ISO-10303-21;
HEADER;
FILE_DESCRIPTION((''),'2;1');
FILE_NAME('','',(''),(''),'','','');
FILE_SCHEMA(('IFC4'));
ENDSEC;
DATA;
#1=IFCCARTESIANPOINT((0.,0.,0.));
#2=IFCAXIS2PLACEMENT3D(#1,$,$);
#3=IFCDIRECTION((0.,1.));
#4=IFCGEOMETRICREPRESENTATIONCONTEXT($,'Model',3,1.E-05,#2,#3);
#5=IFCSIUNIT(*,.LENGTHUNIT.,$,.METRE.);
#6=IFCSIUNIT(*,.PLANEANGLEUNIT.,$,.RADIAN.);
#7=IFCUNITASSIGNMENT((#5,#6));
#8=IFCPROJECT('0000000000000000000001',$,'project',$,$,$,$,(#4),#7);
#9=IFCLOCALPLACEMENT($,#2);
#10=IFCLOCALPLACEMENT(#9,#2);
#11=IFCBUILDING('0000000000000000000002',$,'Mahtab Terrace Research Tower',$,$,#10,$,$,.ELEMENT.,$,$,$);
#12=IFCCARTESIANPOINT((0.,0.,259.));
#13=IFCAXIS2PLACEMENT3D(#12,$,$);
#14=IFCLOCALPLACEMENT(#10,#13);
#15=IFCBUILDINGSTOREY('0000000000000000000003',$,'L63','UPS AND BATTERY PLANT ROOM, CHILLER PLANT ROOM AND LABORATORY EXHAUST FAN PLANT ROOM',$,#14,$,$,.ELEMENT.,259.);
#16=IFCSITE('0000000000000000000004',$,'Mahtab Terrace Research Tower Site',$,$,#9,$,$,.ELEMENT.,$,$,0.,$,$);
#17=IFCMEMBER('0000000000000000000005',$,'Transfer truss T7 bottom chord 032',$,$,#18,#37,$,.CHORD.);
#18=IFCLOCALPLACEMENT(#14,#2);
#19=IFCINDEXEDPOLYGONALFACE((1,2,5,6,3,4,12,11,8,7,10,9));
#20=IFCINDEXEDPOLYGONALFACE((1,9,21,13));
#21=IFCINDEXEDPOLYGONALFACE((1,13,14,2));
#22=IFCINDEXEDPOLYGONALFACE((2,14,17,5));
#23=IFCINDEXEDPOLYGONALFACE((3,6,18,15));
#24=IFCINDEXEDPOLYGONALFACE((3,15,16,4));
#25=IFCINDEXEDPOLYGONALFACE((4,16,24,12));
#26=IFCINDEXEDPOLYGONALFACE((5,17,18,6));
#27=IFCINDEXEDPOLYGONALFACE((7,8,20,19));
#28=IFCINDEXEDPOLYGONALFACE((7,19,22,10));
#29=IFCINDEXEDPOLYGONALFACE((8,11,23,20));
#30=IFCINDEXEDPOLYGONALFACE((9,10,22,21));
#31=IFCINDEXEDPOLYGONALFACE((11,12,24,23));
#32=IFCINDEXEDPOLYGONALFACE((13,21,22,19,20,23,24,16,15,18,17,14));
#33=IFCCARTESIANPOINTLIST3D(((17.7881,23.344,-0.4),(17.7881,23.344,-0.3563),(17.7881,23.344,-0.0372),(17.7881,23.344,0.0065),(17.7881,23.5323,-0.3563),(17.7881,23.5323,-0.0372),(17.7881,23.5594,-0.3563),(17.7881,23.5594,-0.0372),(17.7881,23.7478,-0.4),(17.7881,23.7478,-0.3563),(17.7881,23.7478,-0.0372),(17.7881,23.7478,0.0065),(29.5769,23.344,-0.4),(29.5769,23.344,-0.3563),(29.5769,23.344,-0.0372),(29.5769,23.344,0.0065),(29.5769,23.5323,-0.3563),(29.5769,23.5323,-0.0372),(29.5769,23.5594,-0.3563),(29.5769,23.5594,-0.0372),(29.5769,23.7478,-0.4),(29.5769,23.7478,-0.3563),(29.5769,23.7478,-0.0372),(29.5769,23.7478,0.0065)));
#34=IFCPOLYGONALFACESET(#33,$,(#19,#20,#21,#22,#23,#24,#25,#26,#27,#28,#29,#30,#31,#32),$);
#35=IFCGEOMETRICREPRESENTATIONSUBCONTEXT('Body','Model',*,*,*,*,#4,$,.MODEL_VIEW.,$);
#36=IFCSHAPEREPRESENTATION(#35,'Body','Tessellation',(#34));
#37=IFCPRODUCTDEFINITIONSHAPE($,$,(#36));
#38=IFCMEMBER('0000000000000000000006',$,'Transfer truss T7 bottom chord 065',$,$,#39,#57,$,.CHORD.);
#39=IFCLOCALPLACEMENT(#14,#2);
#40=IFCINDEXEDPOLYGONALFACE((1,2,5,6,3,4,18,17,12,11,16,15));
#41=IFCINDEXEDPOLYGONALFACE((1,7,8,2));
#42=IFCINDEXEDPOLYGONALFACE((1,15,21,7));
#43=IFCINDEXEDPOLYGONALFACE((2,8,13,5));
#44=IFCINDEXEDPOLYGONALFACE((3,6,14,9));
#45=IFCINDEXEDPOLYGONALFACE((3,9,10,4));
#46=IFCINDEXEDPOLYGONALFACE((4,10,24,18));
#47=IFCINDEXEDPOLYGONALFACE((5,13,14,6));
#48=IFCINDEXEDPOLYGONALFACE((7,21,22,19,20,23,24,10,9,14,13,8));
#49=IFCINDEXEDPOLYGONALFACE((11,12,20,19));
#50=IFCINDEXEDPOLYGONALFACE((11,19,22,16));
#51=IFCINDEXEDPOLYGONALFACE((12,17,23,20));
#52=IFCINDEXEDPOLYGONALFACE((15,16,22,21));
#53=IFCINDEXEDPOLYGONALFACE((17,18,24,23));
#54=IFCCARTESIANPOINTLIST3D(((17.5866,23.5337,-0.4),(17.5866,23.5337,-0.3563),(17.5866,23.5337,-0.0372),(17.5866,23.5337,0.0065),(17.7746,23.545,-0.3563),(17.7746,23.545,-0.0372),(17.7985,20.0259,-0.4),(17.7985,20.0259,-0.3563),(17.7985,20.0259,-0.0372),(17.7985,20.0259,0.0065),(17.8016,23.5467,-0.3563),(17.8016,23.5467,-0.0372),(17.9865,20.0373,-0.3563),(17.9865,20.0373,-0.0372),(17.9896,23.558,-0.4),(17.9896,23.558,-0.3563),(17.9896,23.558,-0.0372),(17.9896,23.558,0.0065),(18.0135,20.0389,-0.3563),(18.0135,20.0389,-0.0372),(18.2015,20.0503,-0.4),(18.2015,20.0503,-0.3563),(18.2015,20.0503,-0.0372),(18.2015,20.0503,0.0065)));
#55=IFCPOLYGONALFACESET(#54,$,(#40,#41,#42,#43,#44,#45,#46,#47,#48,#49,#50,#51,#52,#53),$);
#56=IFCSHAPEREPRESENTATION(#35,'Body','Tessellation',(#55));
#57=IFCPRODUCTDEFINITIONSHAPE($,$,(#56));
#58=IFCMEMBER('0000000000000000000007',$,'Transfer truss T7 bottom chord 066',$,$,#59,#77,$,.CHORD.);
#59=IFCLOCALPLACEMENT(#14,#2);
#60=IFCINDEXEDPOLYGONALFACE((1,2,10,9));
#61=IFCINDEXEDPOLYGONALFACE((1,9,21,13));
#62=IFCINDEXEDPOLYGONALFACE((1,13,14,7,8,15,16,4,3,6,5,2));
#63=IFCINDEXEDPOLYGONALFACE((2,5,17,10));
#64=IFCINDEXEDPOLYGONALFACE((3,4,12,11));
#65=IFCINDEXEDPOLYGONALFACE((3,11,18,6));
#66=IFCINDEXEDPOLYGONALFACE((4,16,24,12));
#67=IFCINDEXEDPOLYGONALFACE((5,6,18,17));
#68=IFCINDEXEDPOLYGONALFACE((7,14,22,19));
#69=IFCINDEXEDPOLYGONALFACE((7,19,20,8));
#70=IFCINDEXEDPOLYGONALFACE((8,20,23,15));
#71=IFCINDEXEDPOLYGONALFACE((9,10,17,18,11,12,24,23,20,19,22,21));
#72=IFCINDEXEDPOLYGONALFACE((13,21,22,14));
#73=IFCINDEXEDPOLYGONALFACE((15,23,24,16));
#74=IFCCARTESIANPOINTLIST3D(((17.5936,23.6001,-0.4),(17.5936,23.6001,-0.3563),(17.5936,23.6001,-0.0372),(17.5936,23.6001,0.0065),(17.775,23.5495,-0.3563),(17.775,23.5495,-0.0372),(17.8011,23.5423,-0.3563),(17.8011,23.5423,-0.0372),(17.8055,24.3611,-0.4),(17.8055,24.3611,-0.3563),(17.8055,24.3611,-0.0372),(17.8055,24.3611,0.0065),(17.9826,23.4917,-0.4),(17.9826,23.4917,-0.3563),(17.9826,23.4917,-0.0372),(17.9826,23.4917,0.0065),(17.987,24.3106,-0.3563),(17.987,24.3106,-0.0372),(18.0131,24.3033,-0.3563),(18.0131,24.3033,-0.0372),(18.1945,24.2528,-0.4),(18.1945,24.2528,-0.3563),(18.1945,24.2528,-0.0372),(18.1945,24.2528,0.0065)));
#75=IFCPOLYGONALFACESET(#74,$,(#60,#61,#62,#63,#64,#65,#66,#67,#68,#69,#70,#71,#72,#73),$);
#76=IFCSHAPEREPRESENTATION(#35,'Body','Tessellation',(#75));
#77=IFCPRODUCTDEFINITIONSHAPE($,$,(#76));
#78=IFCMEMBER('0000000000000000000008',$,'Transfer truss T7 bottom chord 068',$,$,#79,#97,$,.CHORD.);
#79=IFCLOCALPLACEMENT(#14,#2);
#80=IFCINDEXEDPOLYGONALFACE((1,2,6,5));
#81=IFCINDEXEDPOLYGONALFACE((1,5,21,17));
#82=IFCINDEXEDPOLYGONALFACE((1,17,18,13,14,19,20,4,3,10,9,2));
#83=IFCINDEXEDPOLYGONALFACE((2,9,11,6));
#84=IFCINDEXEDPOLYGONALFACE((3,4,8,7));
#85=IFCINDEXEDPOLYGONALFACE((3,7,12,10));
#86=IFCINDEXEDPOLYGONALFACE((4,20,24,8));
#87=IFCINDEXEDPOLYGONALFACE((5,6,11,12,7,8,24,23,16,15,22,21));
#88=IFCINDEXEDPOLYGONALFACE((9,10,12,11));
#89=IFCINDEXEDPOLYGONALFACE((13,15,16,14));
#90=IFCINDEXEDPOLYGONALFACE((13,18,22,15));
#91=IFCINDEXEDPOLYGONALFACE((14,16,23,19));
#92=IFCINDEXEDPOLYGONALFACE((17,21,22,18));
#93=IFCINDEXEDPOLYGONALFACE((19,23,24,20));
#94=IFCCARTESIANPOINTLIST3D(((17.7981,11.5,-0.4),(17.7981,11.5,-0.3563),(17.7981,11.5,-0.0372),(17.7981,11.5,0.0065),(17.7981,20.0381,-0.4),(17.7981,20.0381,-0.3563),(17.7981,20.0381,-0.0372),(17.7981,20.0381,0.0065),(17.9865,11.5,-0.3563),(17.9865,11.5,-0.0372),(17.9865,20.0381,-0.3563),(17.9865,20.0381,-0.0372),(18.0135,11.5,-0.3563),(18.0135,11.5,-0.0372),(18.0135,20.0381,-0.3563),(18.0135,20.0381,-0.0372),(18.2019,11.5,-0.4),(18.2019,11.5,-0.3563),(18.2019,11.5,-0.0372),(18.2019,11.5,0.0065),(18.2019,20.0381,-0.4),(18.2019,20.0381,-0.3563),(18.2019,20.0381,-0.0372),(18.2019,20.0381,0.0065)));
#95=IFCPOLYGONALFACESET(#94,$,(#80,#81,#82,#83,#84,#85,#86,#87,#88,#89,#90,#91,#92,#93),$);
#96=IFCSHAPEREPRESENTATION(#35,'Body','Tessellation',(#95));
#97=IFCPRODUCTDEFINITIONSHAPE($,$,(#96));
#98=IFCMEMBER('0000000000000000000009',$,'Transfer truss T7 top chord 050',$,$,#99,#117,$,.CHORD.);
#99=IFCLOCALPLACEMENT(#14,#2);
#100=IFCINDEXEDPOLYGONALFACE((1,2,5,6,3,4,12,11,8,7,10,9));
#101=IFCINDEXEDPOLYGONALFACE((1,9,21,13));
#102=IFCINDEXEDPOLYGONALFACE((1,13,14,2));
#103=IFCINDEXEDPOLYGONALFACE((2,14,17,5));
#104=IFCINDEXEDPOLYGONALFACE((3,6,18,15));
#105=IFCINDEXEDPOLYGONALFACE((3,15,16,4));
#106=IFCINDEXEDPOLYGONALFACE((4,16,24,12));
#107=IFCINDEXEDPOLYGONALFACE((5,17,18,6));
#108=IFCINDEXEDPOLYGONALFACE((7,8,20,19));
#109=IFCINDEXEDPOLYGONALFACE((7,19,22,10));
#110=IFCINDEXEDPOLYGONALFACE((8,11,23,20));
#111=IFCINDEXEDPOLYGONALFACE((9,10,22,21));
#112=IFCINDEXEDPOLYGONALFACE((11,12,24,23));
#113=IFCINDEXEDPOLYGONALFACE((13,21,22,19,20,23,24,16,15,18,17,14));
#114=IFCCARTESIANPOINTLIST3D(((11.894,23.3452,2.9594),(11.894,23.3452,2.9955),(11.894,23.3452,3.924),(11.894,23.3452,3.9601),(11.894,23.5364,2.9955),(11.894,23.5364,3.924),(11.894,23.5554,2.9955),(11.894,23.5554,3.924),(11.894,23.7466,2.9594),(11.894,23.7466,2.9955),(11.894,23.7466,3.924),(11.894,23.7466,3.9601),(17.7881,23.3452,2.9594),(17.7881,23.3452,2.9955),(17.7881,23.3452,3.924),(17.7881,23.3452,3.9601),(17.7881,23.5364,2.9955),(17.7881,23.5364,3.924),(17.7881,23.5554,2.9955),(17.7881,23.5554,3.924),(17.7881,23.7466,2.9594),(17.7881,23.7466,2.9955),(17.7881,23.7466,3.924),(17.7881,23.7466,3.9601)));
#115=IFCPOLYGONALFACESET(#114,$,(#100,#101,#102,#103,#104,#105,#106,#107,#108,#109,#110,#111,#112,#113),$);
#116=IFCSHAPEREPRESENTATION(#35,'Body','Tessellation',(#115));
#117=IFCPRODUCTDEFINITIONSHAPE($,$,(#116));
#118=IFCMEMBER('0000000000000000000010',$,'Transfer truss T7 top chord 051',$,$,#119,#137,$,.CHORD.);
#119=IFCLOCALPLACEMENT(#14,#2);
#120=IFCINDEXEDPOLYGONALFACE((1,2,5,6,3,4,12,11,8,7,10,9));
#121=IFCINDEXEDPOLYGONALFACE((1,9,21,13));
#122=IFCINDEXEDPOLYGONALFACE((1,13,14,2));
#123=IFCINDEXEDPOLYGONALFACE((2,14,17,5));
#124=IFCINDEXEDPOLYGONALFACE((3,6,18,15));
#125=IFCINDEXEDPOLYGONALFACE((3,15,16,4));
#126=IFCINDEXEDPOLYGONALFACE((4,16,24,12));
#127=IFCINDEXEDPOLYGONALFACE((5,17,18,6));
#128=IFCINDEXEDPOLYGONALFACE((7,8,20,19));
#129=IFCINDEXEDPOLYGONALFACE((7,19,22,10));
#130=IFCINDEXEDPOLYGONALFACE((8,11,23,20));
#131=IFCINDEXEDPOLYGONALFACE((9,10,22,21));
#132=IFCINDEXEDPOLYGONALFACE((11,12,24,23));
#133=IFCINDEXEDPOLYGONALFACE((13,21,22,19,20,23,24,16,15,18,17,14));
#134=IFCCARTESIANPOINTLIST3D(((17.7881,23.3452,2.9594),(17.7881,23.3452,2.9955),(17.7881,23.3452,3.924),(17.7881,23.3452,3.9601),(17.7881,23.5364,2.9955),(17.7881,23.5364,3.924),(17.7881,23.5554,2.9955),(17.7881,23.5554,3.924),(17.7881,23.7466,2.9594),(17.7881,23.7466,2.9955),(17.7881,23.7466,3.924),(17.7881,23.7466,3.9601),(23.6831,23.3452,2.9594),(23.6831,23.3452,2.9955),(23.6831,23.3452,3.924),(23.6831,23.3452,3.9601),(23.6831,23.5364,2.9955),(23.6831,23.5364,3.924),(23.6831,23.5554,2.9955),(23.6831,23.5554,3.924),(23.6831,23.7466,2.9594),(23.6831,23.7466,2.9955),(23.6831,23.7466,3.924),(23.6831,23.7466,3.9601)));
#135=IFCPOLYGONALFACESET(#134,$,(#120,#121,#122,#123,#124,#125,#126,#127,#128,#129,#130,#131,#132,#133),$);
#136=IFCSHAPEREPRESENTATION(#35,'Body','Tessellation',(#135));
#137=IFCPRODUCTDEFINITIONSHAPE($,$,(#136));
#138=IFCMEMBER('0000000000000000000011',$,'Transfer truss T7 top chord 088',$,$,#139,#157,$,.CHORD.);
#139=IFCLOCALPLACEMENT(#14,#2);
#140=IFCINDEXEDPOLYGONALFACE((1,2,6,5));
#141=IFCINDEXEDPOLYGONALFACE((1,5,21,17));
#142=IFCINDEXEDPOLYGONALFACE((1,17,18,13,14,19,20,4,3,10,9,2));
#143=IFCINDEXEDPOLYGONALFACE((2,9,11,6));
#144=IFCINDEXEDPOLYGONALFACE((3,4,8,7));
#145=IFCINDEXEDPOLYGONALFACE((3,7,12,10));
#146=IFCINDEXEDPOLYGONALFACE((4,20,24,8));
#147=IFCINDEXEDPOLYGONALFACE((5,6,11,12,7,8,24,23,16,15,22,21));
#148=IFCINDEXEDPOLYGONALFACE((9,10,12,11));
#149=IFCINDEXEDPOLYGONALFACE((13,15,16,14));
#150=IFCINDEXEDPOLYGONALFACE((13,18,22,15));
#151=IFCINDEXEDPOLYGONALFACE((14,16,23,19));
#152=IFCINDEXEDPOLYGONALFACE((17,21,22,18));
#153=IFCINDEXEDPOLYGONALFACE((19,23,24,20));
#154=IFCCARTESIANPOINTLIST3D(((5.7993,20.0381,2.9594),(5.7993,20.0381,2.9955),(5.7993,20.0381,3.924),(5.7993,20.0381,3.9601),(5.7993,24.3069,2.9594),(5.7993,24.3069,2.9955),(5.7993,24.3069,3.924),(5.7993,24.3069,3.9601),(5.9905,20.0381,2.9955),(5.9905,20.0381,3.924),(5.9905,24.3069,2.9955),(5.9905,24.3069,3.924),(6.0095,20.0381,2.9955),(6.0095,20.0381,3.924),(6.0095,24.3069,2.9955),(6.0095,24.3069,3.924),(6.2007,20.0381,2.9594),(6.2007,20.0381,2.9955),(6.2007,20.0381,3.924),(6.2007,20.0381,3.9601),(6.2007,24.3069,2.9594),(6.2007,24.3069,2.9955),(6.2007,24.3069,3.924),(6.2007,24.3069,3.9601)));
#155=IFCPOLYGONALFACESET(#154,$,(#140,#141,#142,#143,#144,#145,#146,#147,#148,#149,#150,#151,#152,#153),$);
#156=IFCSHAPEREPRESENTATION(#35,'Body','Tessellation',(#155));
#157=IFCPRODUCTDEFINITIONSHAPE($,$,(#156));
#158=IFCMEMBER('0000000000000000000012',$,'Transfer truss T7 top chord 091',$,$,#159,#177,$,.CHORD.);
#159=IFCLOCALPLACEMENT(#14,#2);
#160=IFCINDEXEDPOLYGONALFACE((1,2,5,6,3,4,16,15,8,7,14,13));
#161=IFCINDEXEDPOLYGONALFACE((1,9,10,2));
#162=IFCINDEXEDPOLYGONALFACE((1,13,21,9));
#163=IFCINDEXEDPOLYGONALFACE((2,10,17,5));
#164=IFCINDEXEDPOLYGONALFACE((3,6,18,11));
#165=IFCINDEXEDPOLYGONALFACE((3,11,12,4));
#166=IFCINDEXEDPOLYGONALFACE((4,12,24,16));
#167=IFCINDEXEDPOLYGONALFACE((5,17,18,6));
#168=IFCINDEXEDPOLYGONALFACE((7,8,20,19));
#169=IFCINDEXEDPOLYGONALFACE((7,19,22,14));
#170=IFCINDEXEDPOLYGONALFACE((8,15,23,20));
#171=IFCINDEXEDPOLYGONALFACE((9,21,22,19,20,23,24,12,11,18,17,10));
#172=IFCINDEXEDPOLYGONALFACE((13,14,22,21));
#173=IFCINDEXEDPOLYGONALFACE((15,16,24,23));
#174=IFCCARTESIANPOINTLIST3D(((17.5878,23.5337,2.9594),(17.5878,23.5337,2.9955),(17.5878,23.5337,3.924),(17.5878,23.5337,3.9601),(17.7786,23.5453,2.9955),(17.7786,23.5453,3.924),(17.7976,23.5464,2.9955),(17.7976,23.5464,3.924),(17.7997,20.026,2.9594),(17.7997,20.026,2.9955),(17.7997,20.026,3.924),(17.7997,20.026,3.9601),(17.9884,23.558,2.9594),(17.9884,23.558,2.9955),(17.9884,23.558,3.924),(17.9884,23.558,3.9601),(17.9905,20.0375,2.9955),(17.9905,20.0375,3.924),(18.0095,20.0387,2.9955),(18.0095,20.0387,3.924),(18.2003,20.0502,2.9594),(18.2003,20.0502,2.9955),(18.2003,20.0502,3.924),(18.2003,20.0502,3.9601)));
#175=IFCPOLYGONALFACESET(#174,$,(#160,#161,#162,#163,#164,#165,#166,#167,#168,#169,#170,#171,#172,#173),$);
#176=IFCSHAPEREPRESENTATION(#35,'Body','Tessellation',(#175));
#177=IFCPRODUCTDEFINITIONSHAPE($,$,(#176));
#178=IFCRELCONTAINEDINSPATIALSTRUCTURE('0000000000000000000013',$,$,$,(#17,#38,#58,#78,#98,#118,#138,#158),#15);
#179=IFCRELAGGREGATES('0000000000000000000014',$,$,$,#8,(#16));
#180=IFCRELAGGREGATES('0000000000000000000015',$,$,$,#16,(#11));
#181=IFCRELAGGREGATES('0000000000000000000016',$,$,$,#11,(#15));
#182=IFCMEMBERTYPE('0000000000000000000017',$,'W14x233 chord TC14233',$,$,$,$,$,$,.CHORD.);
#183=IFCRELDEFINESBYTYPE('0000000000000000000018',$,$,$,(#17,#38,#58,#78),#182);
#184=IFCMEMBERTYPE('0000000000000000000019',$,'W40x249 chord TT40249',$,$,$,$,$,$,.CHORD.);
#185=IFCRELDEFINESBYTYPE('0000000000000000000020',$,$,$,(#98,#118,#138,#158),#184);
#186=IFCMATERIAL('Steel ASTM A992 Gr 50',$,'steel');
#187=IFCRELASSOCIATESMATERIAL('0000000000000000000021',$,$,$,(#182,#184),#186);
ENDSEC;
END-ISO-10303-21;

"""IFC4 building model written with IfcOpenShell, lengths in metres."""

from ifc_helpers import new_model, si_unit, direction, frame, origin, origin_2d, place, context, subcontext, project, spatial, i_section, extrude, material, material_profile, profile_set, type_object, element, save


model = new_model("IFC4")

# Units and contexts
model_context = context("Model", 3, precision=1e-05, world=origin(), true_north=direction((0.0, 1.0)))
body_context = subcontext(model_context, "Body", "Model", "MODEL_VIEW")
ifc_project = project(units=[si_unit("LENGTHUNIT", "METRE"), si_unit("PLANEANGLEUNIT", "RADIAN")], contexts=[model_context])

# Site, building, storey
site_placement = place(None, origin())
site = spatial("IfcSite", under=ifc_project, at=site_placement, Name="Mahtab Terrace Research Tower Site", CompositionType="ELEMENT", RefElevation=0.0)
building_placement = place(site_placement, origin())
building = spatial("IfcBuilding", under=site, at=building_placement, Name="Mahtab Terrace Research Tower", CompositionType="ELEMENT")
storey_placement = place(building_placement, frame((0.0, 0.0, 259.0)))
storey = spatial("IfcBuildingStorey", under=building, at=storey_placement, Name="L63", Description="UPS AND BATTERY PLANT ROOM, CHILLER PLANT ROOM AND LABORATORY EXHAUST FAN PLANT ROOM", CompositionType="ELEMENT", Elevation=259.0)

# Members
ifc_material_1 = material(Name="Steel ASTM A992 Gr 50", Category="steel")
ifc_material_profile_1 = material_profile(ifc_material_1, i_section(OverallWidth=0.4038, OverallDepth=0.4065, WebThickness=0.0271, FlangeThickness=0.0437, at=origin_2d()), Name="W14X233")
ifc_profile_set_1 = profile_set([ifc_material_profile_1], Name="Steel ASTM A992 Gr 50")
member_type_1 = type_object("IfcMemberType", Name="W14x233 chord TC14233", PredefinedType="CHORD", material=ifc_profile_set_1)
member_1_placement = place(storey_placement, frame((17.7881, 23.5459, -0.1968), z_axis=(1.0, 0.0, 0.0), x_axis=(0.0, 1.0, 0.0)))
element("IfcMember", 1, at=member_1_placement, inside=storey, type_object=member_type_1, Name="Transfer truss T7 bottom chord 032", PredefinedType="CHORD", context=body_context, shape_type="SweptSolid", body=[
    extrude(i_section(OverallWidth=0.4038, OverallDepth=0.4065, WebThickness=0.0271, FlangeThickness=0.0437, at=origin_2d()), origin(), (0.0, 0.0, 1.0), 11.7888),
])
member_2_placement = place(storey_placement, frame((18.0, 20.0381, -0.1968), z_axis=(-0.060302, 0.99818, 0.0), x_axis=(-0.99818, -0.060302, 0.0)))
element("IfcMember", 2, at=member_2_placement, inside=storey, type_object=member_type_1, Name="Transfer truss T7 bottom chord 065", PredefinedType="CHORD", context=body_context, shape_type="SweptSolid", body=[
    extrude(i_section(OverallWidth=0.4038, OverallDepth=0.4065, WebThickness=0.0271, FlangeThickness=0.0437, at=origin_2d()), origin(), (0.0, 0.0, 1.0), 3.5142),
])
member_3_placement = place(storey_placement, frame((17.7881, 23.5459, -0.1968), z_axis=(0.268265, 0.963345, 0.0), x_axis=(-0.963345, 0.268265, 0.0)))
element("IfcMember", 3, at=member_3_placement, inside=storey, type_object=member_type_1, Name="Transfer truss T7 bottom chord 066", PredefinedType="CHORD", context=body_context, shape_type="SweptSolid", body=[
    extrude(i_section(OverallWidth=0.4038, OverallDepth=0.4065, WebThickness=0.0271, FlangeThickness=0.0437, at=origin_2d()), origin(), (0.0, 0.0, 1.0), 0.79),
])
member_4_placement = place(storey_placement, frame((18.0, 11.5, -0.1968), z_axis=(0.0, 1.0, 0.0), x_axis=(-1.0, 0.0, 0.0)))
element("IfcMember", 4, at=member_4_placement, inside=storey, type_object=member_type_1, Name="Transfer truss T7 bottom chord 068", PredefinedType="CHORD", context=body_context, shape_type="SweptSolid", body=[
    extrude(i_section(OverallWidth=0.4038, OverallDepth=0.4065, WebThickness=0.0271, FlangeThickness=0.0437, at=origin_2d()), origin(), (0.0, 0.0, 1.0), 8.5381),
])
ifc_material_profile_2 = material_profile(ifc_material_1, i_section(OverallWidth=0.4014, OverallDepth=1.0007, WebThickness=0.019, FlangeThickness=0.0361, at=origin_2d()), Name="W40X249")
ifc_profile_set_2 = profile_set([ifc_material_profile_2], Name="Steel ASTM A992 Gr 50")
member_type_2 = type_object("IfcMemberType", Name="W40x249 chord TT40249", PredefinedType="CHORD", material=ifc_profile_set_2)
member_5_placement = place(storey_placement, frame((11.894, 23.5459, 3.4597), z_axis=(1.0, 0.0, 0.0), x_axis=(0.0, 1.0, 0.0)))
element("IfcMember", 5, at=member_5_placement, inside=storey, type_object=member_type_2, Name="Transfer truss T7 top chord 050", PredefinedType="CHORD", context=body_context, shape_type="SweptSolid", body=[
    extrude(i_section(OverallWidth=0.4014, OverallDepth=1.0007, WebThickness=0.019, FlangeThickness=0.0361, at=origin_2d()), origin(), (0.0, 0.0, 1.0), 5.894),
])
member_6_placement = place(storey_placement, frame((17.7881, 23.5459, 3.4597), z_axis=(1.0, 0.0, 0.0), x_axis=(0.0, 1.0, 0.0)))
element("IfcMember", 6, at=member_6_placement, inside=storey, type_object=member_type_2, Name="Transfer truss T7 top chord 051", PredefinedType="CHORD", context=body_context, shape_type="SweptSolid", body=[
    extrude(i_section(OverallWidth=0.4014, OverallDepth=1.0007, WebThickness=0.019, FlangeThickness=0.0361, at=origin_2d()), origin(), (0.0, 0.0, 1.0), 5.895),
])
member_7_placement = place(storey_placement, frame((6.0, 20.0381, 3.4597), z_axis=(0.0, 1.0, 0.0), x_axis=(-1.0, 0.0, 0.0)))
element("IfcMember", 7, at=member_7_placement, inside=storey, type_object=member_type_2, Name="Transfer truss T7 top chord 088", PredefinedType="CHORD", context=body_context, shape_type="SweptSolid", body=[
    extrude(i_section(OverallWidth=0.4014, OverallDepth=1.0007, WebThickness=0.019, FlangeThickness=0.0361, at=origin_2d()), origin(), (0.0, 0.0, 1.0), 4.2688),
])
member_8_placement = place(storey_placement, frame((18.0, 20.0381, 3.4597), z_axis=(-0.060302, 0.99818, 0.0), x_axis=(-0.99818, -0.060302, 0.0)))
element("IfcMember", 8, at=member_8_placement, inside=storey, type_object=member_type_2, Name="Transfer truss T7 top chord 091", PredefinedType="CHORD", context=body_context, shape_type="SweptSolid", body=[
    extrude(i_section(OverallWidth=0.4014, OverallDepth=1.0007, WebThickness=0.019, FlangeThickness=0.0361, at=origin_2d()), origin(), (0.0, 0.0, 1.0), 3.5142),
])

save(model, "model.ifc")
